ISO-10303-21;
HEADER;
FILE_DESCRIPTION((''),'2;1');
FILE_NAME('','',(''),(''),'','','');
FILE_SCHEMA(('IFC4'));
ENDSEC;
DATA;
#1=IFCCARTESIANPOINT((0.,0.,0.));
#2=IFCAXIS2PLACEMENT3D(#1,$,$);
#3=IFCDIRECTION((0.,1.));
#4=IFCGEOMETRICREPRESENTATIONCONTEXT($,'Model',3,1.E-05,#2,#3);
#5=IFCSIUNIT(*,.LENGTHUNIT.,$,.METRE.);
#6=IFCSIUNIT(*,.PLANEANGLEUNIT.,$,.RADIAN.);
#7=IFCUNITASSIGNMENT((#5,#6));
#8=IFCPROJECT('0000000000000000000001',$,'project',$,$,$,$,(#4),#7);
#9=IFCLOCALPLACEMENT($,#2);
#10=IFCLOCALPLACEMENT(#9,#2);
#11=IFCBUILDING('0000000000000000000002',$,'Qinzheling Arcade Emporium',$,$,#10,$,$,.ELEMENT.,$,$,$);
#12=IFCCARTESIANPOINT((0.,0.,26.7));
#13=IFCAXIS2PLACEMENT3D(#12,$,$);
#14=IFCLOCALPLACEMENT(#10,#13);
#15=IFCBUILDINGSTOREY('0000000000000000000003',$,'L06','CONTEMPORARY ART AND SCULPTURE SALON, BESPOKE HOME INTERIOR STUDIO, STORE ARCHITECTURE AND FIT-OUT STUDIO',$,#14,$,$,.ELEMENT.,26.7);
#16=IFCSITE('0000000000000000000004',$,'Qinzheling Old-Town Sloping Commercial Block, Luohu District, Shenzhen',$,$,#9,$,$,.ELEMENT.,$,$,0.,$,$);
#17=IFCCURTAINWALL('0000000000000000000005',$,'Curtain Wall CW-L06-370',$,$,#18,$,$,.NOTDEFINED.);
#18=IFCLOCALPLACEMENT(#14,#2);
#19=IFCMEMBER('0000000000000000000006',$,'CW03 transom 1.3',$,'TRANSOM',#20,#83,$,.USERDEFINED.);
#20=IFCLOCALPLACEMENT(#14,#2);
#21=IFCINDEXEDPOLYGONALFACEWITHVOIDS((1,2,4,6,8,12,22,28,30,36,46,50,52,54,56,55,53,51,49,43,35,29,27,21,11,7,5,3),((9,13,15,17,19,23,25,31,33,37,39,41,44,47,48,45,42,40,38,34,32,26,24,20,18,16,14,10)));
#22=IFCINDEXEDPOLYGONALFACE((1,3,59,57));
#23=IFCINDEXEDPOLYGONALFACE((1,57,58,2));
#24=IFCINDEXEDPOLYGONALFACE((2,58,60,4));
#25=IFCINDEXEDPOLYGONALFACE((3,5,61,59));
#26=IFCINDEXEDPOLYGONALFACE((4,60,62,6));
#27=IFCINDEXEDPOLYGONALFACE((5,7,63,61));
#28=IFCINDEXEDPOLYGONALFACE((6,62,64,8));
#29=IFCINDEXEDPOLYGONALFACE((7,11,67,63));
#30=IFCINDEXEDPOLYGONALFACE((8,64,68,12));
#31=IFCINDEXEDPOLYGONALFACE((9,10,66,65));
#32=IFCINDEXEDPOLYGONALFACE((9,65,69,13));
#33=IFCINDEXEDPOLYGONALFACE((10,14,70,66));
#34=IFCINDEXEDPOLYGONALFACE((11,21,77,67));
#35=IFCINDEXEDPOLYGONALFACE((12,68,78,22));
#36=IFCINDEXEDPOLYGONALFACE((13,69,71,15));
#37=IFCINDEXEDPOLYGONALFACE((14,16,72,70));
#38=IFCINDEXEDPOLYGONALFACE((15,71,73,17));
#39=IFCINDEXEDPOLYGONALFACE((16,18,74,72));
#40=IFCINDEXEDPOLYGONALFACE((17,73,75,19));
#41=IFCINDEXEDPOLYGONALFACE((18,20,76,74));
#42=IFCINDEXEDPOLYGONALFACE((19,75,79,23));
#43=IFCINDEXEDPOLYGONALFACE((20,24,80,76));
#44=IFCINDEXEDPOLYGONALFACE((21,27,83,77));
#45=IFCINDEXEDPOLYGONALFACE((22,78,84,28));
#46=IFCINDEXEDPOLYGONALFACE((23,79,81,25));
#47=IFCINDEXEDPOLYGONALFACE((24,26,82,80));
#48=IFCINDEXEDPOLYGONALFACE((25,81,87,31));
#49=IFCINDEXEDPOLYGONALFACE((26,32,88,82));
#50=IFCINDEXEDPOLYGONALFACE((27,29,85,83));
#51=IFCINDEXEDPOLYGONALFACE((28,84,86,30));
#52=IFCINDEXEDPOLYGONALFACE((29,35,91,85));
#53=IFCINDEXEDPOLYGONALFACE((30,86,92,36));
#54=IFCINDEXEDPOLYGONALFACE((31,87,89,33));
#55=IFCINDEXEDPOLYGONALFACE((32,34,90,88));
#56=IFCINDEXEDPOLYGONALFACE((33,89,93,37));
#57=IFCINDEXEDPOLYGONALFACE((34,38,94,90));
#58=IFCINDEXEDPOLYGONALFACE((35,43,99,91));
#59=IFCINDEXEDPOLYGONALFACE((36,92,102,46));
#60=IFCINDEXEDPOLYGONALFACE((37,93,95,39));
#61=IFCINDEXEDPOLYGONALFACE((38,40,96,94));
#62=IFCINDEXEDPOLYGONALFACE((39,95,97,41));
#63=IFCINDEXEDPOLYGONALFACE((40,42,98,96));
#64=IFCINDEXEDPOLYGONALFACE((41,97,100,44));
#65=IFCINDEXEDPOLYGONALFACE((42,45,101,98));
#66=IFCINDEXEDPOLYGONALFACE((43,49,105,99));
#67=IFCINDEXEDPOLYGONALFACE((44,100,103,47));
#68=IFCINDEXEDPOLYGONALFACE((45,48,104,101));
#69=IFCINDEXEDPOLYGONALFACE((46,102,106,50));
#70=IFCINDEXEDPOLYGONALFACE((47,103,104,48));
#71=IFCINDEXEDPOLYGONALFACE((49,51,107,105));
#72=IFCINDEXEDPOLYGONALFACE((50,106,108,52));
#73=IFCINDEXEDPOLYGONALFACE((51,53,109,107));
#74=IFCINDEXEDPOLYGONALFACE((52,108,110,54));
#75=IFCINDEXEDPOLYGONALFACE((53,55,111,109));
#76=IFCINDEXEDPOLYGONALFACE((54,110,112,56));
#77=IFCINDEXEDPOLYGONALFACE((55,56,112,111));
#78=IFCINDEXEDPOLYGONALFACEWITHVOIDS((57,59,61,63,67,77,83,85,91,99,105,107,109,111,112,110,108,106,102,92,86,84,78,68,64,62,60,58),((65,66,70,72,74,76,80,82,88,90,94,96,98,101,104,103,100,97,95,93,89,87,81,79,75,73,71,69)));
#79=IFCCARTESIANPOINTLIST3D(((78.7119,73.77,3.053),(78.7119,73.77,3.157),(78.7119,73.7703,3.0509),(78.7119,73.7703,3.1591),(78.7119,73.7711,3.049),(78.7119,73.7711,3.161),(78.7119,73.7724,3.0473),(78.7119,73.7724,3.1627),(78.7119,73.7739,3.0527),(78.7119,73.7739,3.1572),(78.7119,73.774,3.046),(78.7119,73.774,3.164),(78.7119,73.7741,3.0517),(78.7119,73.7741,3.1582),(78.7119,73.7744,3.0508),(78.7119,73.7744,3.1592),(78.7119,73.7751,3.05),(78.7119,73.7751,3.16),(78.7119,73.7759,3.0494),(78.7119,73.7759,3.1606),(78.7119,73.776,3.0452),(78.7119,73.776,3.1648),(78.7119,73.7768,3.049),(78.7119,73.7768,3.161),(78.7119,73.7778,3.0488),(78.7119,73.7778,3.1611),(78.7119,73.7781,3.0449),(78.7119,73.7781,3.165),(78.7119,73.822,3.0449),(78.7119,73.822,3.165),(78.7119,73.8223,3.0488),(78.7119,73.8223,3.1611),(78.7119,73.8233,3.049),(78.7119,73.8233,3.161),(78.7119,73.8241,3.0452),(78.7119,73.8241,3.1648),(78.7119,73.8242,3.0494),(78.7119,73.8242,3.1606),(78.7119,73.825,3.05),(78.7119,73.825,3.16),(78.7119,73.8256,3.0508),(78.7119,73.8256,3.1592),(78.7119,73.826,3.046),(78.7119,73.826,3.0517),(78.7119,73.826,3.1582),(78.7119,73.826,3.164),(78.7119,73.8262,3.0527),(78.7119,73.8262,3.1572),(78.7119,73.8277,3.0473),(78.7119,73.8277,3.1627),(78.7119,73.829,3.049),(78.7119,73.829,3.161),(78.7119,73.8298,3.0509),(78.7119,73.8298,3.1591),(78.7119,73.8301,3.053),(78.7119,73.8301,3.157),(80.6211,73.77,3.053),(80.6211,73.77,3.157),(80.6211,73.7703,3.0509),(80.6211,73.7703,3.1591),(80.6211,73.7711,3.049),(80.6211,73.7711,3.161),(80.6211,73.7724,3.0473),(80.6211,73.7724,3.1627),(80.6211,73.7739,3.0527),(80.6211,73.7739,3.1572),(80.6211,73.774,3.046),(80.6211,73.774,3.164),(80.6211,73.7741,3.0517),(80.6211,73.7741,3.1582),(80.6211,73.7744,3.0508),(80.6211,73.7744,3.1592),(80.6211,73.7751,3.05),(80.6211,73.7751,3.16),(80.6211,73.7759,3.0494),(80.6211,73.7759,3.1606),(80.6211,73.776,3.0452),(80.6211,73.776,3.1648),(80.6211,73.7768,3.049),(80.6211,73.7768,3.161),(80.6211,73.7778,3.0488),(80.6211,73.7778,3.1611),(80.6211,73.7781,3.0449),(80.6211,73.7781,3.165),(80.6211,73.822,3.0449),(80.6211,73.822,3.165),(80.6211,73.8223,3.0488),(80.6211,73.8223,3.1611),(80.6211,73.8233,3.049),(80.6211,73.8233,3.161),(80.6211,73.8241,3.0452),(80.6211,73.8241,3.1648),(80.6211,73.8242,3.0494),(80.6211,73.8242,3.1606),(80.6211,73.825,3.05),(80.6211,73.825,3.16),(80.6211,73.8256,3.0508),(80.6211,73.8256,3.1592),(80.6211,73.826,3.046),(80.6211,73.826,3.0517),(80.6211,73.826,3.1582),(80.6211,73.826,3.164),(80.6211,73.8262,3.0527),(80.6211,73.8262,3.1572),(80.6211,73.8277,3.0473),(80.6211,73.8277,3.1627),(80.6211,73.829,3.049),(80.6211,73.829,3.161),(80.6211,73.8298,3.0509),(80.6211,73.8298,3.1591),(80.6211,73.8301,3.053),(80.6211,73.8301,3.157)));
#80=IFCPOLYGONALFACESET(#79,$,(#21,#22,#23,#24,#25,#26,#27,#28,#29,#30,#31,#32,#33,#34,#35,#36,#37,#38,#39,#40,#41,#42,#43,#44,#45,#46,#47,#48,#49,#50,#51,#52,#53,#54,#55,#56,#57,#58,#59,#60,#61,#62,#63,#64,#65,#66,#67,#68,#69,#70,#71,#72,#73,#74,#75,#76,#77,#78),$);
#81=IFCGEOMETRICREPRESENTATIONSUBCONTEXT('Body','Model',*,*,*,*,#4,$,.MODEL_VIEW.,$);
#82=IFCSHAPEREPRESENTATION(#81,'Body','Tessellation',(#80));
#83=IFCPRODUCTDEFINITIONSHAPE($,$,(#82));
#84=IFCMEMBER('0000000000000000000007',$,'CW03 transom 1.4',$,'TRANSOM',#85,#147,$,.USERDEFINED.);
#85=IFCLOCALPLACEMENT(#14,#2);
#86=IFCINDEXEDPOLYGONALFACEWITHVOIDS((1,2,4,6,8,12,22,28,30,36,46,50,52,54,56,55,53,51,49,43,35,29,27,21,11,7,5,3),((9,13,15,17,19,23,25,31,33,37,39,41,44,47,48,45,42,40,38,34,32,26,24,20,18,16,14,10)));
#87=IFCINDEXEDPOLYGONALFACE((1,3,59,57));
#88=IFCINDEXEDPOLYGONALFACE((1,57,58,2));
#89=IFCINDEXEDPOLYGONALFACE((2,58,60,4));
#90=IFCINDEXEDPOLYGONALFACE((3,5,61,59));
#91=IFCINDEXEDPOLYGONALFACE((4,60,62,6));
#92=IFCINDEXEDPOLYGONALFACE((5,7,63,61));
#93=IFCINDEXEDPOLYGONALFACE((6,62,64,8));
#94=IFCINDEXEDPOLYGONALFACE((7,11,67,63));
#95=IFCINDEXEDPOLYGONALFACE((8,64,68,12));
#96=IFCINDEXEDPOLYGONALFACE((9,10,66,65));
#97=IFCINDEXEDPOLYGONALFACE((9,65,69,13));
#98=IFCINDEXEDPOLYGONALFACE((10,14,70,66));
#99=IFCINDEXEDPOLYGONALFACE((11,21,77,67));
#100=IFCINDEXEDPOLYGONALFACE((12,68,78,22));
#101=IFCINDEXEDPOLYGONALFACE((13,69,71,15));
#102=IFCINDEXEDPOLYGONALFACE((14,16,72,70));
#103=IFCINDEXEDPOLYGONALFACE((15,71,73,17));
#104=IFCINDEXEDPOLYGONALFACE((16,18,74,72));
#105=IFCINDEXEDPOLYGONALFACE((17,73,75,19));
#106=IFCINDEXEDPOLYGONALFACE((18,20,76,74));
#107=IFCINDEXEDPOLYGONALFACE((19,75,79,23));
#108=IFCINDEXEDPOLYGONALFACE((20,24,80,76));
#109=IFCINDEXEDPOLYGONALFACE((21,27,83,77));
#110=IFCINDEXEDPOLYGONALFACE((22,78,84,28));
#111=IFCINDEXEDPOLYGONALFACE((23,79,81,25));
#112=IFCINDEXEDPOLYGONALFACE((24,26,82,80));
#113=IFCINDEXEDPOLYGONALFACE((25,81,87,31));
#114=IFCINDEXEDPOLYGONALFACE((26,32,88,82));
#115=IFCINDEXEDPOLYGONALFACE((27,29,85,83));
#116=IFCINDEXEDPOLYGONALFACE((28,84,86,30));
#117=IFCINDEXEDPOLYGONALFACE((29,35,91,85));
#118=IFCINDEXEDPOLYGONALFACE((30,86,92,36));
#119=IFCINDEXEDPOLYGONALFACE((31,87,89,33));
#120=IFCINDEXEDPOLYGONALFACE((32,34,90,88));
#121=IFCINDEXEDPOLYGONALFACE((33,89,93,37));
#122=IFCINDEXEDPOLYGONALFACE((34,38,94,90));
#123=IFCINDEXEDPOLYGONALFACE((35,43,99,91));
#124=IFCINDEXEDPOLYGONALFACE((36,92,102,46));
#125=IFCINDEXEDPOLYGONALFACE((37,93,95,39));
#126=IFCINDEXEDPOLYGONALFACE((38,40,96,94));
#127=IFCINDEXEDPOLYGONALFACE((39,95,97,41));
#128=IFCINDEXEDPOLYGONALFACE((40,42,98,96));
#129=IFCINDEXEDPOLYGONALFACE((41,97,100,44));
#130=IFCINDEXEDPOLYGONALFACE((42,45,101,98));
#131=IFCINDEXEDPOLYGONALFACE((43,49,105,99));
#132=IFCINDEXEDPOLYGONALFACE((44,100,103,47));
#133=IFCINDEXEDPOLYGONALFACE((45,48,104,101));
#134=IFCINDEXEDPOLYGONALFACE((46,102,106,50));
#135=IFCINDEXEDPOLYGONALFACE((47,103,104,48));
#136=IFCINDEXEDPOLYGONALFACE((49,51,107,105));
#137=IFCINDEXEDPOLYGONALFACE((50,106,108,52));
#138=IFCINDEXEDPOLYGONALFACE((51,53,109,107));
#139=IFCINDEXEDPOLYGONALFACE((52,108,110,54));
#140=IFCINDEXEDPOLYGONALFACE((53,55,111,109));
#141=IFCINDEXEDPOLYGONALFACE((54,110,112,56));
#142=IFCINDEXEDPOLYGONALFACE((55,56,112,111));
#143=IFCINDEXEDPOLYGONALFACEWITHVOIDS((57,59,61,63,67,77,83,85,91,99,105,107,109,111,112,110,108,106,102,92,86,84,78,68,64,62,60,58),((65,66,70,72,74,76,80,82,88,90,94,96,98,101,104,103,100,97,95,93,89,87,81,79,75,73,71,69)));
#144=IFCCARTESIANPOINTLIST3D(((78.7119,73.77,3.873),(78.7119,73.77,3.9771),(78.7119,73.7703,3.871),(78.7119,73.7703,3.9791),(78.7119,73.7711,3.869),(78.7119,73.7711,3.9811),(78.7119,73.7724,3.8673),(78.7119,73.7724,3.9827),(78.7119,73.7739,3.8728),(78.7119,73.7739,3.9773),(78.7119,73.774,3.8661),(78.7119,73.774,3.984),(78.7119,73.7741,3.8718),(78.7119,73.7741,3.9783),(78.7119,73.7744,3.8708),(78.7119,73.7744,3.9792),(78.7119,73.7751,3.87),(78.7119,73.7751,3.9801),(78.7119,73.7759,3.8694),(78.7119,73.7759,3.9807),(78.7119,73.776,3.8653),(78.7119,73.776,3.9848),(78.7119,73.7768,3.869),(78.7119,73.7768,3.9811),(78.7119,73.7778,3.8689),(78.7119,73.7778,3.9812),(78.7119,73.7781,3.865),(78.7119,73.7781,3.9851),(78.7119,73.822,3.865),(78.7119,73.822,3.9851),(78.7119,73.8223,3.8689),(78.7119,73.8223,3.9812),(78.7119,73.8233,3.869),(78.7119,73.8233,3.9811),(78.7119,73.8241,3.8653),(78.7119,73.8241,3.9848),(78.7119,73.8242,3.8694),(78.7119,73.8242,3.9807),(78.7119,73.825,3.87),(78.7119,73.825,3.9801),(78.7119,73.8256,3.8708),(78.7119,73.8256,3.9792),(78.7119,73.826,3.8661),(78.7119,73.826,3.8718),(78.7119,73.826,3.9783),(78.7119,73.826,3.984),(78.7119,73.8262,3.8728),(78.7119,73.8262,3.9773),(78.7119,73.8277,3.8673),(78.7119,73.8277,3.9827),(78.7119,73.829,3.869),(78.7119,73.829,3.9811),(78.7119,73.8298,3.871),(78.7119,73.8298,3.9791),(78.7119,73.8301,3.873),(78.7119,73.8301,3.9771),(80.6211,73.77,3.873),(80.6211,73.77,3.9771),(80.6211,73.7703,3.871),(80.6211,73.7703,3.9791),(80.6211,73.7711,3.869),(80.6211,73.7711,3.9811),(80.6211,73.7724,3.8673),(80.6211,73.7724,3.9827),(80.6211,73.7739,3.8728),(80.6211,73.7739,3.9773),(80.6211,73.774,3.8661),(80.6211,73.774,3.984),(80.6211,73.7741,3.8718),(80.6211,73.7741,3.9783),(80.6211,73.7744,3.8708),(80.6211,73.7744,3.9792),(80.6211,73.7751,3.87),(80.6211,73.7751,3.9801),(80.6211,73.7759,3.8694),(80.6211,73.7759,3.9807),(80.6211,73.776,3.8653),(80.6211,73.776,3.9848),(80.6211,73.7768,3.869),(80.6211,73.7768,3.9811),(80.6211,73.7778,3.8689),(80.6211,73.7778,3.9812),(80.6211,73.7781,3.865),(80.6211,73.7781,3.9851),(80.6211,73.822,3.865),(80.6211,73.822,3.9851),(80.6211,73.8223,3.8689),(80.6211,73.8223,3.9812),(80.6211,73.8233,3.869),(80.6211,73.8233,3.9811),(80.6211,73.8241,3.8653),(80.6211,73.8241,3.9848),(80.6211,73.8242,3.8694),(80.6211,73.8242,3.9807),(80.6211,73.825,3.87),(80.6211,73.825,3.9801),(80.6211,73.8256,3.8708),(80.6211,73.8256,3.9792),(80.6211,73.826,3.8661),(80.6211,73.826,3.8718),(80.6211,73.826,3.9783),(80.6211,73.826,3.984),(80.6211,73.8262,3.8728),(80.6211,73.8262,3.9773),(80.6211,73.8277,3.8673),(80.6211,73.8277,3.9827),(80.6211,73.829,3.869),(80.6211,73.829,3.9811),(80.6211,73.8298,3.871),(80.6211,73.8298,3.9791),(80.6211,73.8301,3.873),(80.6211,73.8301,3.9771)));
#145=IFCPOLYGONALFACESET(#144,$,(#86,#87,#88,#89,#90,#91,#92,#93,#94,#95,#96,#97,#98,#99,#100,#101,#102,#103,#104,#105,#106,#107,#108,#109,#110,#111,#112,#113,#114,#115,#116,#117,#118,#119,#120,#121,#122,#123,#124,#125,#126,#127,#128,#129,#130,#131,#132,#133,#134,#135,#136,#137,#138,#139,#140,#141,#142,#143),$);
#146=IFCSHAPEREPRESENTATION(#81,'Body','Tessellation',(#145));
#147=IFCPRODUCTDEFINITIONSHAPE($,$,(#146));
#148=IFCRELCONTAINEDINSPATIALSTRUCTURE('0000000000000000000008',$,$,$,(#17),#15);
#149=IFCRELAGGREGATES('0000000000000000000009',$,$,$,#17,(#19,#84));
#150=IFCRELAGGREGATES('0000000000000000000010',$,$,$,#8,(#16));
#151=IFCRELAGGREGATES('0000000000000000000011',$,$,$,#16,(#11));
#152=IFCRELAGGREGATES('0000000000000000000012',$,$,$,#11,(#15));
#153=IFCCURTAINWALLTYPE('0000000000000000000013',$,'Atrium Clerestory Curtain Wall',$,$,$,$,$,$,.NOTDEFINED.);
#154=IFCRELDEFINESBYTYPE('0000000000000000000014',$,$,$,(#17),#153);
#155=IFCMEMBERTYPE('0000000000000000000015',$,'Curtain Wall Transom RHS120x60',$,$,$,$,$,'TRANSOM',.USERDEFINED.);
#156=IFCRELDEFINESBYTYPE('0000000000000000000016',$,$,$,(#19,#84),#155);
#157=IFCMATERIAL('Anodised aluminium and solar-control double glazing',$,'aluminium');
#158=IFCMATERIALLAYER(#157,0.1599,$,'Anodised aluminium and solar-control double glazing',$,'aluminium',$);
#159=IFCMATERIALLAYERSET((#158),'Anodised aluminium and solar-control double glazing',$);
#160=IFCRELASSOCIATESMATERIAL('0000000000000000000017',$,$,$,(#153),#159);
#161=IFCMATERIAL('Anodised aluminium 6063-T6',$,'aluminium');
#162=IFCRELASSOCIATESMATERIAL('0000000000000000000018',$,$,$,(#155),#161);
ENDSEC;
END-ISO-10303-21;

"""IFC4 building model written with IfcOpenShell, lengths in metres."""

from ifc_helpers import new_model, si_unit, direction, frame, origin, origin_2d, place, context, subcontext, project, spatial, hollow_rectangle, extrude, material, layer, layer_set, material_profile, profile_set, type_object, element, aggregate, save


model = new_model("IFC4")

# Units and contexts
model_context = context("Model", 3, precision=1e-05, world=origin(), true_north=direction((0.0, 1.0)))
body_context = subcontext(model_context, "Body", "Model", "MODEL_VIEW")
ifc_project = project(units=[si_unit("LENGTHUNIT", "METRE"), si_unit("PLANEANGLEUNIT", "RADIAN")], contexts=[model_context])

# Site, building, storey
site_placement = place(None, origin())
site = spatial("IfcSite", under=ifc_project, at=site_placement, Name="Qinzheling Old-Town Sloping Commercial Block, Luohu District, Shenzhen", CompositionType="ELEMENT", RefElevation=0.0)
building_placement = place(site_placement, origin())
building = spatial("IfcBuilding", under=site, at=building_placement, Name="Qinzheling Arcade Emporium", CompositionType="ELEMENT")
storey_placement = place(building_placement, frame((0.0, 0.0, 26.7)))
storey = spatial("IfcBuildingStorey", under=building, at=storey_placement, Name="L06", Description="CONTEMPORARY ART AND SCULPTURE SALON, BESPOKE HOME INTERIOR STUDIO, STORE ARCHITECTURE AND FIT-OUT STUDIO", CompositionType="ELEMENT", Elevation=26.7)

# Curtain wall, members
ifc_material_1 = material(Name="Anodised aluminium and solar-control double glazing", Category="aluminium")
ifc_layer_1 = layer(ifc_material_1, 0.1599, Name="Anodised aluminium and solar-control double glazing", Category="aluminium")
ifc_layer_set_1 = layer_set([ifc_layer_1], Name="Anodised aluminium and solar-control double glazing")
curtain_wall_type = type_object("IfcCurtainWallType", Name="Atrium Clerestory Curtain Wall", PredefinedType="NOTDEFINED", material=ifc_layer_set_1)
curtain_wall_placement = place(storey_placement, origin())
curtain_wall = element("IfcCurtainWall", 1, at=curtain_wall_placement, inside=storey, type_object=curtain_wall_type, Name="Curtain Wall CW-L06-370", PredefinedType="NOTDEFINED")
ifc_material_2 = material(Name="Anodised aluminium 6063-T6", Category="aluminium")
ifc_material_profile_1 = material_profile(ifc_material_2, hollow_rectangle(XDim=0.0601, YDim=0.1201, WallThickness=0.0039, InnerFilletRadius=0.0039, OuterFilletRadius=0.0081, at=origin_2d()), Name="RHS 120x60x4", Category="aluminium")
ifc_profile_set_1 = profile_set([ifc_material_profile_1], Name="Anodised aluminium 6063-T6")
member_type_1 = type_object("IfcMemberType", Name="Curtain Wall Transom RHS120x60", ElementType="TRANSOM", PredefinedType="USERDEFINED", material=ifc_profile_set_1)
member_1_placement = place(storey_placement, frame((78.7119, 73.8, 3.105), z_axis=(1.0, 0.0, 0.0), x_axis=(0.0, 1.0, 0.0)))
member_1 = element("IfcMember", 2, at=member_1_placement, type_object=member_type_1, Name="CW03 transom 1.3", ObjectType="TRANSOM", PredefinedType="USERDEFINED", context=body_context, shape_type="SweptSolid", body=[
    extrude(hollow_rectangle(XDim=0.0601, YDim=0.1201, WallThickness=0.0039, InnerFilletRadius=0.0039, OuterFilletRadius=0.0081, at=origin_2d()), origin(), (0.0, 0.0, 1.0), 1.9092),
])
member_2_placement = place(storey_placement, frame((78.7119, 73.8, 3.925), z_axis=(1.0, 0.0, 0.0), x_axis=(0.0, 1.0, 0.0)))
member_2 = element("IfcMember", 3, at=member_2_placement, type_object=member_type_1, Name="CW03 transom 1.4", ObjectType="TRANSOM", PredefinedType="USERDEFINED", context=body_context, shape_type="SweptSolid", body=[
    extrude(hollow_rectangle(XDim=0.0601, YDim=0.1201, WallThickness=0.0039, InnerFilletRadius=0.0039, OuterFilletRadius=0.0081, at=origin_2d()), origin(), (0.0, 0.0, 1.0), 1.9092),
])

aggregate(curtain_wall, [member_1, member_2])

save(model, "model.ifc")
